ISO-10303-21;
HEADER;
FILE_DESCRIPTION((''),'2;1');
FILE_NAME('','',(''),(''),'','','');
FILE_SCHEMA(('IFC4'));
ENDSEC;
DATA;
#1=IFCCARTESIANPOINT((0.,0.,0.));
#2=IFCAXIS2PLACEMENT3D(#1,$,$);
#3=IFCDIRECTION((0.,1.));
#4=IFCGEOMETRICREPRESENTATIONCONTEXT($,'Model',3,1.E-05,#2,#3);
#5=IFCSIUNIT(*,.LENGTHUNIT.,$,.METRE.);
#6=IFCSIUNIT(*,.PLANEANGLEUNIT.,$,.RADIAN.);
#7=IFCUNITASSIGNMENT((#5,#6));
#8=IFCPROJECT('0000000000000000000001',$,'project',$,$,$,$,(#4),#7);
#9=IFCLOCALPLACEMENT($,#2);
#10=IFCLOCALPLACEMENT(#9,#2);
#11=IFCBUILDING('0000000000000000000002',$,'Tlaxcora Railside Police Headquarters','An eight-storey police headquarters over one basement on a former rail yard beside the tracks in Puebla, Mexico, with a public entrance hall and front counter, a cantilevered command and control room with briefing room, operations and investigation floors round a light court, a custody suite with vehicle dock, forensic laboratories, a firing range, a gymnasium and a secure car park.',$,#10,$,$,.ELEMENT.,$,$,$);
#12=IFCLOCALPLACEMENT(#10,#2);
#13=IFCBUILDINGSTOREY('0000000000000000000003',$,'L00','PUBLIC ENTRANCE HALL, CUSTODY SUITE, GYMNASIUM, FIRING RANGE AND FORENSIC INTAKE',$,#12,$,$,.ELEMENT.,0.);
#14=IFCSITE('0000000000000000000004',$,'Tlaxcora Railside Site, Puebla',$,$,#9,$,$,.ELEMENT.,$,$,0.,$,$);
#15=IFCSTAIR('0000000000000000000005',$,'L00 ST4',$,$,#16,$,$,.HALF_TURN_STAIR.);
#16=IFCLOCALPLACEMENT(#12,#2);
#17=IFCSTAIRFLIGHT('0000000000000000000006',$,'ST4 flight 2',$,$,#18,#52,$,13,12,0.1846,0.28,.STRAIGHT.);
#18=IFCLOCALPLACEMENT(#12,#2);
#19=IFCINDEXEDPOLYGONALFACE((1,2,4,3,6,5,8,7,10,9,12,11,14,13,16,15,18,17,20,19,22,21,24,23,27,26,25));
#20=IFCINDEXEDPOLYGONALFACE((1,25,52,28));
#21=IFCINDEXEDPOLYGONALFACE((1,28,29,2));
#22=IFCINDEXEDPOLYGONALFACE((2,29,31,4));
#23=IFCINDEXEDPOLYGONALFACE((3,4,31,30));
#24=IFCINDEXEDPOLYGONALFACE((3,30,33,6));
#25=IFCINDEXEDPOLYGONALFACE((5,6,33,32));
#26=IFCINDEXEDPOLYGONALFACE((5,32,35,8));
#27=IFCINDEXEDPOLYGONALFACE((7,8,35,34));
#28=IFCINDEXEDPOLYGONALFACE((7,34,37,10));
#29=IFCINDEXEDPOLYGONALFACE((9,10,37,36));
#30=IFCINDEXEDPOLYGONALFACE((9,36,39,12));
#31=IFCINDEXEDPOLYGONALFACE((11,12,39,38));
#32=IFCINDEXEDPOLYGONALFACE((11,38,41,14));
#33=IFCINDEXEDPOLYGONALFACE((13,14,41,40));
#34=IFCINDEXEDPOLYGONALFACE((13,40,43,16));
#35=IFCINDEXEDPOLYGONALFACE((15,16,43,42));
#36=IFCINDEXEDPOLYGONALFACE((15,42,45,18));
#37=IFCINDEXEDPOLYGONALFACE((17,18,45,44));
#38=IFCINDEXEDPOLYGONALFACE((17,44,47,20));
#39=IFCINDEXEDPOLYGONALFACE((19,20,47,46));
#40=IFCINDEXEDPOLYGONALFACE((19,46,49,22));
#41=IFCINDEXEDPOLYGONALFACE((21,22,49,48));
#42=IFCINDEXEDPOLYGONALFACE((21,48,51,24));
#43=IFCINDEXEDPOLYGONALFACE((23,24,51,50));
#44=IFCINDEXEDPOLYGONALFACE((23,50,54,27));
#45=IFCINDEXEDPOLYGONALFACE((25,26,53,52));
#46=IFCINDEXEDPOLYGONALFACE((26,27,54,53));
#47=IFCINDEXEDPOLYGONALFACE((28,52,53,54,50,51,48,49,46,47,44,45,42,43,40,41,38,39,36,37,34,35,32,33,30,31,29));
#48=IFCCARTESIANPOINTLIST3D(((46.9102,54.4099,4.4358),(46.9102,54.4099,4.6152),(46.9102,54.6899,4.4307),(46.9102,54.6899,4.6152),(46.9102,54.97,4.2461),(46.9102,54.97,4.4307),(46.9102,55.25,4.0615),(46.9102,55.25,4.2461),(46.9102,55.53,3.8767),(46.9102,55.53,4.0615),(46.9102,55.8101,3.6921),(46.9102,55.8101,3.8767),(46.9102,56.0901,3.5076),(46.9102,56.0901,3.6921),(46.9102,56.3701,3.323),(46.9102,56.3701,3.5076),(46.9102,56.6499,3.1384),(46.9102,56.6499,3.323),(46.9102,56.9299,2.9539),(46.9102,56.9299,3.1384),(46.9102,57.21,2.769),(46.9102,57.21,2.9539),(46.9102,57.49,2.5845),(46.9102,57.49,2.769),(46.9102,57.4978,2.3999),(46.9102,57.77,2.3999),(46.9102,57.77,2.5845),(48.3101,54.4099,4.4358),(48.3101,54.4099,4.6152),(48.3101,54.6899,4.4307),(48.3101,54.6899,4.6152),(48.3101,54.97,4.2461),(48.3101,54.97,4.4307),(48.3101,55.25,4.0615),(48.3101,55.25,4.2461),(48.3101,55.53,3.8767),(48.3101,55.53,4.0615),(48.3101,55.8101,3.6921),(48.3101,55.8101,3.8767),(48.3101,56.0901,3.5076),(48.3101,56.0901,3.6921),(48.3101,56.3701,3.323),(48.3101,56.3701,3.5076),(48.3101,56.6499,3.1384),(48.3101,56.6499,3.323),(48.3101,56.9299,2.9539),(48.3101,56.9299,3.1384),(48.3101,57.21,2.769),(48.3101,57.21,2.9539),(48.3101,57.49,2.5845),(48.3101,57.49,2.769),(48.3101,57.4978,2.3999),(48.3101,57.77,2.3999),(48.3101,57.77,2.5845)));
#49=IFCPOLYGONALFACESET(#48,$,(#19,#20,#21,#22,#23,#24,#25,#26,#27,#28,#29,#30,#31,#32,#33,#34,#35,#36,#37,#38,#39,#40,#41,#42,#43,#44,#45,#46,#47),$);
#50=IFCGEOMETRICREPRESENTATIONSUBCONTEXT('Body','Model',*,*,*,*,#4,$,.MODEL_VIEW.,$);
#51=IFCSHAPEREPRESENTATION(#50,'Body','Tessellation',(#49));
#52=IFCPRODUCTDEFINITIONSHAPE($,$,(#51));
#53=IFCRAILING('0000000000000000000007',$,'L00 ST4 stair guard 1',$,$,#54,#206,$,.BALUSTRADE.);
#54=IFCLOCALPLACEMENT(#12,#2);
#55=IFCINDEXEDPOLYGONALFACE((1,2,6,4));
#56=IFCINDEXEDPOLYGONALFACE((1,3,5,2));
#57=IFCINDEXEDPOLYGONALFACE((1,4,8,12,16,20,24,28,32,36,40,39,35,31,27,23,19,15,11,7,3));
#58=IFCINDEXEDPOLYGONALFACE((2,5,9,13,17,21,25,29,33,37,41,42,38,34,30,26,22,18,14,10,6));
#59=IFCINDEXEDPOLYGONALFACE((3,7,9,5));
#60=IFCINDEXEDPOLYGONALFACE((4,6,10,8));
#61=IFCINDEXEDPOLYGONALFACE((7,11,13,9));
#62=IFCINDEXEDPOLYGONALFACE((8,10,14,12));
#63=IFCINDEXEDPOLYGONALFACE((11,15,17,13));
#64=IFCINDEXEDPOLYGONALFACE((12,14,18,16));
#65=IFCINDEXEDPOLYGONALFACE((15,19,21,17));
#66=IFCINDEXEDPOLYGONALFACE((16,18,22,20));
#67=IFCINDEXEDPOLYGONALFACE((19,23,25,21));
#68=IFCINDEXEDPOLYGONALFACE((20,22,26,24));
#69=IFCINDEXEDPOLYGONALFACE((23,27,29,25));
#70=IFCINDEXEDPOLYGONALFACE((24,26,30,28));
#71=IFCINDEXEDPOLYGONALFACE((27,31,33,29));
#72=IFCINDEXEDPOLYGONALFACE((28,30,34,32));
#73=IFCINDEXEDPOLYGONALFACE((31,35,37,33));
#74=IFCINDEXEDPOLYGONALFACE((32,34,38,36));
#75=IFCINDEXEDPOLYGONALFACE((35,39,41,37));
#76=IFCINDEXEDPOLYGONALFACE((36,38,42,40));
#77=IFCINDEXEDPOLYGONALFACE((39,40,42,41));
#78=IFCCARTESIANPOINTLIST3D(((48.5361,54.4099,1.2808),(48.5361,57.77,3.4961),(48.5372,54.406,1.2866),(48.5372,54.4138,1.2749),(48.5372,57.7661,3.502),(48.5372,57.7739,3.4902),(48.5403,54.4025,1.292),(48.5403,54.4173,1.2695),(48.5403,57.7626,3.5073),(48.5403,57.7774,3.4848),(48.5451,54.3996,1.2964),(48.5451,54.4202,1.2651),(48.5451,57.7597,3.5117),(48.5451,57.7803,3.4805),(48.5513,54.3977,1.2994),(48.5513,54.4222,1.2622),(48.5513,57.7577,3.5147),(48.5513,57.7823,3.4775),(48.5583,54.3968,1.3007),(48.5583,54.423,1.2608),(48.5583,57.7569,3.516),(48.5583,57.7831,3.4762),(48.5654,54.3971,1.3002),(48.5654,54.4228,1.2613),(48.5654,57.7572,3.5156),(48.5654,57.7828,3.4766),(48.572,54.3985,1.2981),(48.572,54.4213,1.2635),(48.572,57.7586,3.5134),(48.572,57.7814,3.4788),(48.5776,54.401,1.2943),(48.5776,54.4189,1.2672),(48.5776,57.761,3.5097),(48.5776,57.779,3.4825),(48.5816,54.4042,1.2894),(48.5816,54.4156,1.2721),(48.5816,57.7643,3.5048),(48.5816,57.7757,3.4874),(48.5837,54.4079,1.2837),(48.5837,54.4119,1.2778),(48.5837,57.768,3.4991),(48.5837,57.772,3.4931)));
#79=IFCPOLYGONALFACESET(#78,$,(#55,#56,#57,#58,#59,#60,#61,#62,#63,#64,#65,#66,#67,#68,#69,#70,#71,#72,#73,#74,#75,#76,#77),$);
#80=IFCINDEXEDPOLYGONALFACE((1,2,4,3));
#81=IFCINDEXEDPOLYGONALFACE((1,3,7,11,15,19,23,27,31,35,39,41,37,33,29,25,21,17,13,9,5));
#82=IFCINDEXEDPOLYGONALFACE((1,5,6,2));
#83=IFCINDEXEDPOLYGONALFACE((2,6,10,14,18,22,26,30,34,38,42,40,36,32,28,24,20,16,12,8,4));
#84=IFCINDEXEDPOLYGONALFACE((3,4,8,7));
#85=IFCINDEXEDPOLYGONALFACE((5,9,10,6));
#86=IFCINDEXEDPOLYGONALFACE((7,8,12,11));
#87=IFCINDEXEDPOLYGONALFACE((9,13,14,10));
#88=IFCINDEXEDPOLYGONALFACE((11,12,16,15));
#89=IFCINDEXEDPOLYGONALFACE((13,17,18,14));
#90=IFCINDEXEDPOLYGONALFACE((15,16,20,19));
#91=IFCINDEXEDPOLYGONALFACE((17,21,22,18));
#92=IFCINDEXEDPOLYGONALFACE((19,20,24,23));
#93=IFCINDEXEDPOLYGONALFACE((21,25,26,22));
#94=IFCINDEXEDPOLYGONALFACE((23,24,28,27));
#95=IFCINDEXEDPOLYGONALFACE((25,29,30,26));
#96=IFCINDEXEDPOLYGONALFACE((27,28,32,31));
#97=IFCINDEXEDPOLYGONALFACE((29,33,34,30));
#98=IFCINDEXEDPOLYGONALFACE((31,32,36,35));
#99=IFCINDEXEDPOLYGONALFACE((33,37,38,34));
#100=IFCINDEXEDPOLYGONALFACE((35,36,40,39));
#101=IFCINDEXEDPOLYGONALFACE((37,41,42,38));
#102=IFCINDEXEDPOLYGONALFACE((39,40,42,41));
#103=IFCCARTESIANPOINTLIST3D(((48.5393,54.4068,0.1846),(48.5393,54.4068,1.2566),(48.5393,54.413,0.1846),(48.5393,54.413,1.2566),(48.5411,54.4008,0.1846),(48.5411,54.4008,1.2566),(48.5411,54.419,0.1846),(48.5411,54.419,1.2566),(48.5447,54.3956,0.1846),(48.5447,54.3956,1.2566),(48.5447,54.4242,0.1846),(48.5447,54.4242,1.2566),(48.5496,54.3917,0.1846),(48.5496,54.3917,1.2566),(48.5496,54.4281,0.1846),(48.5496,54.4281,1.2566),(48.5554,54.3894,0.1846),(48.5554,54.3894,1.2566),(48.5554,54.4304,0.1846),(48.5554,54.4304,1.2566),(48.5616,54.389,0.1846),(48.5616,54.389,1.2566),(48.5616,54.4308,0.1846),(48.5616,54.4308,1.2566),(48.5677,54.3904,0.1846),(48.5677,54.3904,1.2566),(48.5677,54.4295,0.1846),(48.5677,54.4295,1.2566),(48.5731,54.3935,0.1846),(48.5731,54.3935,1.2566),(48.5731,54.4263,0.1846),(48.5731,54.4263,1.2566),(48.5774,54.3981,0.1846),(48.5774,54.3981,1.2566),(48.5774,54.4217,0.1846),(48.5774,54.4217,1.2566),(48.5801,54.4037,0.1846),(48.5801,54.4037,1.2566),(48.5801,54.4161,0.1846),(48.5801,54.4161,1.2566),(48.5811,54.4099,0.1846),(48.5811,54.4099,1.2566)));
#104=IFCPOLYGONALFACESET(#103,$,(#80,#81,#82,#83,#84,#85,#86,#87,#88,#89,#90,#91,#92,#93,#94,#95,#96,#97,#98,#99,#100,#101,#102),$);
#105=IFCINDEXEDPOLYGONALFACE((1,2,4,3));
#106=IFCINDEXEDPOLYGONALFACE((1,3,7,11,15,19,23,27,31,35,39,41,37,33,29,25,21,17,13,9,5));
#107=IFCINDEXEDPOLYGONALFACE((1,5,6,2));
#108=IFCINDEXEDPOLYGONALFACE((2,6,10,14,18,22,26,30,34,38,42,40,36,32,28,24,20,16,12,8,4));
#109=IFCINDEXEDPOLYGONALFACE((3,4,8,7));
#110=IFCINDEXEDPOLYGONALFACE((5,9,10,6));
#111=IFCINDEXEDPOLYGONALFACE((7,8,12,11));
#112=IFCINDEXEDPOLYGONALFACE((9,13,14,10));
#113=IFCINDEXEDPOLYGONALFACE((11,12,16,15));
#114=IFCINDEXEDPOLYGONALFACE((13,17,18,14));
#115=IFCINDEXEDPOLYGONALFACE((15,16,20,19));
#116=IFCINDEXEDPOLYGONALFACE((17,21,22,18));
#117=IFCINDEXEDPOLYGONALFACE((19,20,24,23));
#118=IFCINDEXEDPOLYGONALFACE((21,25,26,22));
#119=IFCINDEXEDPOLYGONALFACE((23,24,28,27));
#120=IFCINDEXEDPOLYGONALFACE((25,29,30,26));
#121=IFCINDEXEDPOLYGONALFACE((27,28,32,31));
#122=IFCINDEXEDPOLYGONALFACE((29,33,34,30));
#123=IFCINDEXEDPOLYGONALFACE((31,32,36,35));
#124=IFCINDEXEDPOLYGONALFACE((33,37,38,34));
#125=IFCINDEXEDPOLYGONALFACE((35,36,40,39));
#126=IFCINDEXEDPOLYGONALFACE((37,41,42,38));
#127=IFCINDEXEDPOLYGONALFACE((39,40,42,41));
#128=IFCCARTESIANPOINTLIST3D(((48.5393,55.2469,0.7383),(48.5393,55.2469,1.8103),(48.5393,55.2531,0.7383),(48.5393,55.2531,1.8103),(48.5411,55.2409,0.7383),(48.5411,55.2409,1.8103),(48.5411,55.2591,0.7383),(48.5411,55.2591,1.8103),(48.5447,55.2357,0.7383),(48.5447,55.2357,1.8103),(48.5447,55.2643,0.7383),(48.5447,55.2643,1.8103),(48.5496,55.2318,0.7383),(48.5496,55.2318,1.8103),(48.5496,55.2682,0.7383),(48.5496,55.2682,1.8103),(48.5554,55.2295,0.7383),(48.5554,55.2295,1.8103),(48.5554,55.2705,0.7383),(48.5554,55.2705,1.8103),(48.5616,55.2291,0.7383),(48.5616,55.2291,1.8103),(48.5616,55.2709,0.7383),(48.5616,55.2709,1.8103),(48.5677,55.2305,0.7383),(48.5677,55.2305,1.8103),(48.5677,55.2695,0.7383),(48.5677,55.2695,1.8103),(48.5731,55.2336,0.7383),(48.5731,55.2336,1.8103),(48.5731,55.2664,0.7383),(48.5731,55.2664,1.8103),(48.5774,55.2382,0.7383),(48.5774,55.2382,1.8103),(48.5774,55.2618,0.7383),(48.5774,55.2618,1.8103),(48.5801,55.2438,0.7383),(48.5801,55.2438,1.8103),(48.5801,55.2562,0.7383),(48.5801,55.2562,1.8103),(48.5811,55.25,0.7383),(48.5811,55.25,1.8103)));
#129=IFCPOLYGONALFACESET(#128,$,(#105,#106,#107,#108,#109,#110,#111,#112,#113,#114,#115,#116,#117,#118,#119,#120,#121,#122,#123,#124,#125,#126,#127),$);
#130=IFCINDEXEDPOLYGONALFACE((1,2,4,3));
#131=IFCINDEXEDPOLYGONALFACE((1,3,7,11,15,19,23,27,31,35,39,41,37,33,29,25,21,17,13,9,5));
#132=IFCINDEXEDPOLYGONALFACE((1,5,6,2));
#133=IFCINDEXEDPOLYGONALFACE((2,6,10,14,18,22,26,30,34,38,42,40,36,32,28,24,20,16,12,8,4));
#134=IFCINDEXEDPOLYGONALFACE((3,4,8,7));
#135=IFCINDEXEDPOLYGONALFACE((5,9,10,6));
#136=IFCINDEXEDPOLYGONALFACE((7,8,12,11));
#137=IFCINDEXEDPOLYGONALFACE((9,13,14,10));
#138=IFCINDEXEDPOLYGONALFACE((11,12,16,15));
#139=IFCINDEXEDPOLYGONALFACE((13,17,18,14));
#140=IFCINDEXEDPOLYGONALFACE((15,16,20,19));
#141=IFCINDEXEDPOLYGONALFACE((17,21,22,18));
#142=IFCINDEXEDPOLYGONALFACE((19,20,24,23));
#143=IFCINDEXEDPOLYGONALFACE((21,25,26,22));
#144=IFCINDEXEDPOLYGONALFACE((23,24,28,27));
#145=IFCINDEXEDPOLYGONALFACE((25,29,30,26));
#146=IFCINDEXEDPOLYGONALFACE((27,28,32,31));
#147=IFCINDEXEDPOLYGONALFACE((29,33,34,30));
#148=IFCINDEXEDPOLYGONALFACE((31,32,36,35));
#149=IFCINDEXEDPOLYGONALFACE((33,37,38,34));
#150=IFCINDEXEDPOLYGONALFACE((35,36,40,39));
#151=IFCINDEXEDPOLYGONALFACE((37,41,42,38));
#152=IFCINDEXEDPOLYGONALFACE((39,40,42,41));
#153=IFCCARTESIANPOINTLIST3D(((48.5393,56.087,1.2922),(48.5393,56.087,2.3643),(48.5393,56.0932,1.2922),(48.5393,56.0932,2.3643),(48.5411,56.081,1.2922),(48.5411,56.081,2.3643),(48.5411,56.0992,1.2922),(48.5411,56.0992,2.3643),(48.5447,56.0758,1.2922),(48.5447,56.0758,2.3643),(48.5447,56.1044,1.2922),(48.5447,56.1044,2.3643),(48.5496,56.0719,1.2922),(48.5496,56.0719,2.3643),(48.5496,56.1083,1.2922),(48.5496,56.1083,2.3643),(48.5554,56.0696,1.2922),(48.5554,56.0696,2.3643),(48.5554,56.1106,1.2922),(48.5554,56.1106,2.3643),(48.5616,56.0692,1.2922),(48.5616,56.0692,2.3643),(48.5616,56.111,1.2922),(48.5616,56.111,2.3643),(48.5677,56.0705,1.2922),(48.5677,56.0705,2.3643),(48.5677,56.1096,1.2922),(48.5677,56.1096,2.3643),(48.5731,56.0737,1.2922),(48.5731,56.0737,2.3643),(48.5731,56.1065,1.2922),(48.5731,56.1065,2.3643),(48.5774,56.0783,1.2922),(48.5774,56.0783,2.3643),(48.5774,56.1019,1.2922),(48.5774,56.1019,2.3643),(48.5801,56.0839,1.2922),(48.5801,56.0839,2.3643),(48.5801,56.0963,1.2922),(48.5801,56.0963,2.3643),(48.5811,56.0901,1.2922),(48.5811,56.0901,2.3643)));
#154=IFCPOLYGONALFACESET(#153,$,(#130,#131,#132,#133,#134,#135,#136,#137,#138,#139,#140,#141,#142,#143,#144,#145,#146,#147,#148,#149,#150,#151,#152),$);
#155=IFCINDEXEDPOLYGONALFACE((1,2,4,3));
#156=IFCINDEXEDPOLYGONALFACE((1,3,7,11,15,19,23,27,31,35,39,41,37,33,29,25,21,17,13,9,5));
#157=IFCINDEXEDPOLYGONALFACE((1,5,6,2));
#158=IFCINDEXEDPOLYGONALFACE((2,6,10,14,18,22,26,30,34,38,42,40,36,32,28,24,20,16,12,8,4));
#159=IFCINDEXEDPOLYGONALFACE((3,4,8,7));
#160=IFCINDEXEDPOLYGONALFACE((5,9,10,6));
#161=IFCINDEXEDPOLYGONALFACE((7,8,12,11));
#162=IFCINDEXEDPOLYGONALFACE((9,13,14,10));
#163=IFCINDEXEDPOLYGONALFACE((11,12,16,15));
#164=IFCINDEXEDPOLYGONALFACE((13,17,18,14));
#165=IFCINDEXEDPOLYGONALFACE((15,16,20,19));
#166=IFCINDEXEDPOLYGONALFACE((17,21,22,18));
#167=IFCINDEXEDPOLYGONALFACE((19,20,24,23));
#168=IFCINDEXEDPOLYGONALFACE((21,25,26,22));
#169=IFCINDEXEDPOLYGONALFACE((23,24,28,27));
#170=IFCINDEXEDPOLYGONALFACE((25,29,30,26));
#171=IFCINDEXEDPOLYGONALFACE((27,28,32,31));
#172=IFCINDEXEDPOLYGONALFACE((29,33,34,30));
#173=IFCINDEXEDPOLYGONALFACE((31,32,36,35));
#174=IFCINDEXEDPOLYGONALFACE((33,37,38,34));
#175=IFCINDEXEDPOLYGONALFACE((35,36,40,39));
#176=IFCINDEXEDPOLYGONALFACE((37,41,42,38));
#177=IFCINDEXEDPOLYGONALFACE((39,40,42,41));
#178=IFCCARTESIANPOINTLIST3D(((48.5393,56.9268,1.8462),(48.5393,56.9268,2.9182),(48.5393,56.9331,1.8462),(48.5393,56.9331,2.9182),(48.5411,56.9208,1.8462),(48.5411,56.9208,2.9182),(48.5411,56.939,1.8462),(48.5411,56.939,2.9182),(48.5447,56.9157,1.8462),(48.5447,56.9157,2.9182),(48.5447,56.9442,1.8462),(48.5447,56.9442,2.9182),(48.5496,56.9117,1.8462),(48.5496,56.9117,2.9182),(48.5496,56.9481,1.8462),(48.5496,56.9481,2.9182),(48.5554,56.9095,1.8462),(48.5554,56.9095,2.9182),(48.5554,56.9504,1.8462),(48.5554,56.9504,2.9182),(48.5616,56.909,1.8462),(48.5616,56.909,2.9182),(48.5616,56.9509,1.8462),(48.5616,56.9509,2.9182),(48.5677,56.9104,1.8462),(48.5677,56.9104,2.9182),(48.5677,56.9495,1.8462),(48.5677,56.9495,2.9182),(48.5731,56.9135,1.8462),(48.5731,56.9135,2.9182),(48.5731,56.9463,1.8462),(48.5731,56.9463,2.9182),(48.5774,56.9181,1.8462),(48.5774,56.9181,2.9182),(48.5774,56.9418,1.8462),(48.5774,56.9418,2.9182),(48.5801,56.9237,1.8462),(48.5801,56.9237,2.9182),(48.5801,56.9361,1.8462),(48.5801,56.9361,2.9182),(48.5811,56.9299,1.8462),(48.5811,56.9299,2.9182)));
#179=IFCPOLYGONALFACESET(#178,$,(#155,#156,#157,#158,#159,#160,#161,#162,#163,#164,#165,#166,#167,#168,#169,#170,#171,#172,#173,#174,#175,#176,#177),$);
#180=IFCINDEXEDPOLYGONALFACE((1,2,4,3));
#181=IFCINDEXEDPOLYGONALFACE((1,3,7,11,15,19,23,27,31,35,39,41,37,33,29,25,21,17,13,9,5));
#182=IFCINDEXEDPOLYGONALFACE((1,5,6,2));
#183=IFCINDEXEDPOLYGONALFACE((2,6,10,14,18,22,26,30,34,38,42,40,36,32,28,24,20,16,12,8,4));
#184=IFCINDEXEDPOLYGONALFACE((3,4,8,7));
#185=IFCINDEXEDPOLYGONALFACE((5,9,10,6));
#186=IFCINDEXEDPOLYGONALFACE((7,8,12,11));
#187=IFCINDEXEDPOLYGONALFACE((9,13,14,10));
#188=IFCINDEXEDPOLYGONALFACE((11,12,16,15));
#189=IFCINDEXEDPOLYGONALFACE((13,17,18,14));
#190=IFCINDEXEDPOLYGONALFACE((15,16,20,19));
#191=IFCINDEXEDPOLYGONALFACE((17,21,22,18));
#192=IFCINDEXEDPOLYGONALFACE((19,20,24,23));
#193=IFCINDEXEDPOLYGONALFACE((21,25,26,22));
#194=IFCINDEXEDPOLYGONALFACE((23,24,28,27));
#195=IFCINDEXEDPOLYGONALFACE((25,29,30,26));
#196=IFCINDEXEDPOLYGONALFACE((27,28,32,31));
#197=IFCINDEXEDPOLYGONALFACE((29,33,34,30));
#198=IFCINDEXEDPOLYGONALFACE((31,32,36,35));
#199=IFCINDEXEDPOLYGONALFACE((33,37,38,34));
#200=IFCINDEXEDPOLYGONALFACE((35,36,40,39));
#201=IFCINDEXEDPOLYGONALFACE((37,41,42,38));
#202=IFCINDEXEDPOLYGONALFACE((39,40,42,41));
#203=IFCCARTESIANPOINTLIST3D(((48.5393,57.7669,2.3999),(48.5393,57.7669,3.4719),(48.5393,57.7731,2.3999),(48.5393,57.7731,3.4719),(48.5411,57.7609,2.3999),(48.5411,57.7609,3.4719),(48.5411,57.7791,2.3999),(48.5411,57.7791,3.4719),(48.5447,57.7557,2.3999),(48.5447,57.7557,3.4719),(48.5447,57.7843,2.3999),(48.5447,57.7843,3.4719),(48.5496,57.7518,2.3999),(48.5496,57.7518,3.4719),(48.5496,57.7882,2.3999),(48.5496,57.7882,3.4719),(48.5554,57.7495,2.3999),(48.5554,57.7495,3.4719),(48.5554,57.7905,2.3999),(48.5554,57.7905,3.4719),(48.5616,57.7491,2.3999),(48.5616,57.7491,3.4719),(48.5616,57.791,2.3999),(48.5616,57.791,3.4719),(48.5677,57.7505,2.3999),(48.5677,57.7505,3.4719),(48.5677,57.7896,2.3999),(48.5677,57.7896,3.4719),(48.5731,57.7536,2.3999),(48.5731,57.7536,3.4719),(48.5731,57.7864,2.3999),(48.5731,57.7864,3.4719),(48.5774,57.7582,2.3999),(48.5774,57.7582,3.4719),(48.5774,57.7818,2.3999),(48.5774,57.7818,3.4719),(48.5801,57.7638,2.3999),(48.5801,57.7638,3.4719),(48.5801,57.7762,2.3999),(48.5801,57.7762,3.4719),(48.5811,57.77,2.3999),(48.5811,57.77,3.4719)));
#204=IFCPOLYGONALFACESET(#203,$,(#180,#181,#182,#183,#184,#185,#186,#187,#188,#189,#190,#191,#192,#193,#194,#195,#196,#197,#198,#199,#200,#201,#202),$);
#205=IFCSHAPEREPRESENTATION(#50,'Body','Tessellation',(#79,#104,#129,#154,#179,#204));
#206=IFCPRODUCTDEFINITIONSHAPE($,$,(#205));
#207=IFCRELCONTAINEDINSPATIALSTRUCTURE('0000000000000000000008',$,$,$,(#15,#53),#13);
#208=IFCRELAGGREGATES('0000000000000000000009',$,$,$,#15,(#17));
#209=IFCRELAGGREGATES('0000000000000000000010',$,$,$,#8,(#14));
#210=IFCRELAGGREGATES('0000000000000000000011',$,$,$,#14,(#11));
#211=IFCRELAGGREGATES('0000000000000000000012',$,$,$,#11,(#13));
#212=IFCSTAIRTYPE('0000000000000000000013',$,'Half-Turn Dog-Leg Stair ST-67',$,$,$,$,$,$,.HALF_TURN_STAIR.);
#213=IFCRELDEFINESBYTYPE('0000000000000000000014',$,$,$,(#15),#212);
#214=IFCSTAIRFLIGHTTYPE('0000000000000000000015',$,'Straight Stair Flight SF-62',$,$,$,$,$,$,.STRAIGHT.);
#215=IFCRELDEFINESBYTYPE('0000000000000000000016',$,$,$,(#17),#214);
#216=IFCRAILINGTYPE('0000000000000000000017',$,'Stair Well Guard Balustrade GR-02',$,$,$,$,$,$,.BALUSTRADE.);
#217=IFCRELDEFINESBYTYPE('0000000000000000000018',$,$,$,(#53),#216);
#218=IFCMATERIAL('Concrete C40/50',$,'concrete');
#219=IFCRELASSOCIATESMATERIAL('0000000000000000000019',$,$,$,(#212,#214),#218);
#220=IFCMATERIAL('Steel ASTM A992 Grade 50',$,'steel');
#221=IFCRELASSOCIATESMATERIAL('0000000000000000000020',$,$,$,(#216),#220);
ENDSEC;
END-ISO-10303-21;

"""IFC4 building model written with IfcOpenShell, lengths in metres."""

from ifc_helpers import new_model, si_unit, direction, frame, origin, origin_2d, place, context, subcontext, project, spatial, polyline, circle, outline, extrude, material, type_object, element, aggregate, save


model = new_model("IFC4")

# Units and contexts
model_context = context("Model", 3, precision=1e-05, world=origin(), true_north=direction((0.0, 1.0)))
body_context = subcontext(model_context, "Body", "Model", "MODEL_VIEW")
ifc_project = project(units=[si_unit("LENGTHUNIT", "METRE"), si_unit("PLANEANGLEUNIT", "RADIAN")], contexts=[model_context])

# Site, building, storey
site_placement = place(None, origin())
site = spatial("IfcSite", under=ifc_project, at=site_placement, Name="Tlaxcora Railside Site, Puebla", CompositionType="ELEMENT", RefElevation=0.0)
building_placement = place(site_placement, origin())
building = spatial("IfcBuilding", under=site, at=building_placement, Name="Tlaxcora Railside Police Headquarters", Description="An eight-storey police headquarters over one basement on a former rail yard beside the tracks in Puebla, Mexico, with a public entrance hall and front counter, a cantilevered command and control room with briefing room, operations and investigation floors round a light court, a custody suite with vehicle dock, forensic laboratories, a firing range, a gymnasium and a secure car park.", CompositionType="ELEMENT")
storey_placement = place(building_placement, origin())
storey = spatial("IfcBuildingStorey", under=building, at=storey_placement, Name="L00", Description="PUBLIC ENTRANCE HALL, CUSTODY SUITE, GYMNASIUM, FIRING RANGE AND FORENSIC INTAKE", CompositionType="ELEMENT", Elevation=0.0)

# Shared definitions
ifc_material_1 = material(Name="Concrete C40/50", Category="concrete")

# Shared definitions
ifc_material_2 = material(Name="Steel ASTM A992 Grade 50", Category="steel")

# Stair, stair flight
stair_type = type_object("IfcStairType", Name="Half-Turn Dog-Leg Stair ST-67", PredefinedType="HALF_TURN_STAIR", material=ifc_material_1)
stair_placement = place(storey_placement, origin())
stair = element("IfcStair", 1, at=stair_placement, inside=storey, type_object=stair_type, Name="L00 ST4", PredefinedType="HALF_TURN_STAIR")
stair_flight_type = type_object("IfcStairFlightType", Name="Straight Stair Flight SF-62", PredefinedType="STRAIGHT", material=ifc_material_1)
stair_flight_1_placement = place(storey_placement, frame((47.6101, 57.77, 2.3999), z_axis=(0.0, 0.0, 1.0), x_axis=(0.0, -1.0, 0.0)))
stair_flight_1 = element("IfcStairFlight", 2, at=stair_flight_1_placement, type_object=stair_flight_type, Name="ST4 flight 2", NumberOfRisers=13, NumberOfTreads=12, PredefinedType="STRAIGHT", RiserHeight=0.1846, TreadLength=0.28, context=body_context, shape_type="SweptSolid", body=[
    extrude(outline(polyline([(0.0, 0.0), (0.0, 0.1846), (0.28, 0.1846), (0.28, 0.3691), (0.5601, 0.3691), (0.5601, 0.554), (0.8401, 0.554), (0.8401, 0.7385), (1.1201, 0.7385), (1.1201, 0.9231), (1.3999, 0.9231), (1.3999, 1.1077), (1.6799, 1.1077), (1.6799, 1.2922), (1.96, 1.2922), (1.96, 1.4768), (2.24, 1.4768), (2.24, 1.6616), (2.52, 1.6616), (2.52, 1.8462), (2.8, 1.8462), (2.8, 2.0308), (3.0801, 2.0308), (3.0801, 2.2153), (3.3601, 2.2153), (3.3601, 2.3999), (3.3601, 2.0359), (0.2722, 0.0), (0.0, 0.0)])), frame((0.0, 0.7, 0.0), z_axis=(0.0, -1.0, 0.0), x_axis=(1.0, 0.0, 0.0)), (0.0, 0.0, 1.0), 1.3999),
])
aggregate(stair, [stair_flight_1])

# Railing
railing_type_1 = type_object("IfcRailingType", Name="Stair Well Guard Balustrade GR-02", PredefinedType="BALUSTRADE", material=ifc_material_2)
railing_1_placement = place(storey_placement, frame((48.5601, 54.4099, 0.1846)))
element("IfcRailing", 3, at=railing_1_placement, inside=storey, type_object=railing_type_1, Name="L00 ST4 stair guard 1", PredefinedType="BALUSTRADE", context=body_context, shape_type="SweptSolid", body=[
    extrude(circle(Radius=0.0239, at=origin_2d()), frame((0.0, 0.0, 1.0962), z_axis=(0.0, 0.834876, 0.550437), x_axis=(-1.0, 0.0, 0.0)), (0.0, 0.0, 1.0), 4.0247),
    extrude(circle(Radius=0.021, at=origin_2d()), origin(), (0.0, 0.0, 1.0), 1.072),
    extrude(circle(Radius=0.021, at=origin_2d()), frame((0.0, 0.8401, 0.5537)), (0.0, 0.0, 1.0), 1.072),
    extrude(circle(Radius=0.021, at=origin_2d()), frame((0.0, 1.6802, 1.1077)), (0.0, 0.0, 1.0), 1.072),
    extrude(circle(Radius=0.021, at=origin_2d()), frame((0.0, 2.52, 1.6616)), (0.0, 0.0, 1.0), 1.072),
    extrude(circle(Radius=0.021, at=origin_2d()), frame((0.0, 3.3601, 2.2153)), (0.0, 0.0, 1.0), 1.072),
])

save(model, "model.ifc")
